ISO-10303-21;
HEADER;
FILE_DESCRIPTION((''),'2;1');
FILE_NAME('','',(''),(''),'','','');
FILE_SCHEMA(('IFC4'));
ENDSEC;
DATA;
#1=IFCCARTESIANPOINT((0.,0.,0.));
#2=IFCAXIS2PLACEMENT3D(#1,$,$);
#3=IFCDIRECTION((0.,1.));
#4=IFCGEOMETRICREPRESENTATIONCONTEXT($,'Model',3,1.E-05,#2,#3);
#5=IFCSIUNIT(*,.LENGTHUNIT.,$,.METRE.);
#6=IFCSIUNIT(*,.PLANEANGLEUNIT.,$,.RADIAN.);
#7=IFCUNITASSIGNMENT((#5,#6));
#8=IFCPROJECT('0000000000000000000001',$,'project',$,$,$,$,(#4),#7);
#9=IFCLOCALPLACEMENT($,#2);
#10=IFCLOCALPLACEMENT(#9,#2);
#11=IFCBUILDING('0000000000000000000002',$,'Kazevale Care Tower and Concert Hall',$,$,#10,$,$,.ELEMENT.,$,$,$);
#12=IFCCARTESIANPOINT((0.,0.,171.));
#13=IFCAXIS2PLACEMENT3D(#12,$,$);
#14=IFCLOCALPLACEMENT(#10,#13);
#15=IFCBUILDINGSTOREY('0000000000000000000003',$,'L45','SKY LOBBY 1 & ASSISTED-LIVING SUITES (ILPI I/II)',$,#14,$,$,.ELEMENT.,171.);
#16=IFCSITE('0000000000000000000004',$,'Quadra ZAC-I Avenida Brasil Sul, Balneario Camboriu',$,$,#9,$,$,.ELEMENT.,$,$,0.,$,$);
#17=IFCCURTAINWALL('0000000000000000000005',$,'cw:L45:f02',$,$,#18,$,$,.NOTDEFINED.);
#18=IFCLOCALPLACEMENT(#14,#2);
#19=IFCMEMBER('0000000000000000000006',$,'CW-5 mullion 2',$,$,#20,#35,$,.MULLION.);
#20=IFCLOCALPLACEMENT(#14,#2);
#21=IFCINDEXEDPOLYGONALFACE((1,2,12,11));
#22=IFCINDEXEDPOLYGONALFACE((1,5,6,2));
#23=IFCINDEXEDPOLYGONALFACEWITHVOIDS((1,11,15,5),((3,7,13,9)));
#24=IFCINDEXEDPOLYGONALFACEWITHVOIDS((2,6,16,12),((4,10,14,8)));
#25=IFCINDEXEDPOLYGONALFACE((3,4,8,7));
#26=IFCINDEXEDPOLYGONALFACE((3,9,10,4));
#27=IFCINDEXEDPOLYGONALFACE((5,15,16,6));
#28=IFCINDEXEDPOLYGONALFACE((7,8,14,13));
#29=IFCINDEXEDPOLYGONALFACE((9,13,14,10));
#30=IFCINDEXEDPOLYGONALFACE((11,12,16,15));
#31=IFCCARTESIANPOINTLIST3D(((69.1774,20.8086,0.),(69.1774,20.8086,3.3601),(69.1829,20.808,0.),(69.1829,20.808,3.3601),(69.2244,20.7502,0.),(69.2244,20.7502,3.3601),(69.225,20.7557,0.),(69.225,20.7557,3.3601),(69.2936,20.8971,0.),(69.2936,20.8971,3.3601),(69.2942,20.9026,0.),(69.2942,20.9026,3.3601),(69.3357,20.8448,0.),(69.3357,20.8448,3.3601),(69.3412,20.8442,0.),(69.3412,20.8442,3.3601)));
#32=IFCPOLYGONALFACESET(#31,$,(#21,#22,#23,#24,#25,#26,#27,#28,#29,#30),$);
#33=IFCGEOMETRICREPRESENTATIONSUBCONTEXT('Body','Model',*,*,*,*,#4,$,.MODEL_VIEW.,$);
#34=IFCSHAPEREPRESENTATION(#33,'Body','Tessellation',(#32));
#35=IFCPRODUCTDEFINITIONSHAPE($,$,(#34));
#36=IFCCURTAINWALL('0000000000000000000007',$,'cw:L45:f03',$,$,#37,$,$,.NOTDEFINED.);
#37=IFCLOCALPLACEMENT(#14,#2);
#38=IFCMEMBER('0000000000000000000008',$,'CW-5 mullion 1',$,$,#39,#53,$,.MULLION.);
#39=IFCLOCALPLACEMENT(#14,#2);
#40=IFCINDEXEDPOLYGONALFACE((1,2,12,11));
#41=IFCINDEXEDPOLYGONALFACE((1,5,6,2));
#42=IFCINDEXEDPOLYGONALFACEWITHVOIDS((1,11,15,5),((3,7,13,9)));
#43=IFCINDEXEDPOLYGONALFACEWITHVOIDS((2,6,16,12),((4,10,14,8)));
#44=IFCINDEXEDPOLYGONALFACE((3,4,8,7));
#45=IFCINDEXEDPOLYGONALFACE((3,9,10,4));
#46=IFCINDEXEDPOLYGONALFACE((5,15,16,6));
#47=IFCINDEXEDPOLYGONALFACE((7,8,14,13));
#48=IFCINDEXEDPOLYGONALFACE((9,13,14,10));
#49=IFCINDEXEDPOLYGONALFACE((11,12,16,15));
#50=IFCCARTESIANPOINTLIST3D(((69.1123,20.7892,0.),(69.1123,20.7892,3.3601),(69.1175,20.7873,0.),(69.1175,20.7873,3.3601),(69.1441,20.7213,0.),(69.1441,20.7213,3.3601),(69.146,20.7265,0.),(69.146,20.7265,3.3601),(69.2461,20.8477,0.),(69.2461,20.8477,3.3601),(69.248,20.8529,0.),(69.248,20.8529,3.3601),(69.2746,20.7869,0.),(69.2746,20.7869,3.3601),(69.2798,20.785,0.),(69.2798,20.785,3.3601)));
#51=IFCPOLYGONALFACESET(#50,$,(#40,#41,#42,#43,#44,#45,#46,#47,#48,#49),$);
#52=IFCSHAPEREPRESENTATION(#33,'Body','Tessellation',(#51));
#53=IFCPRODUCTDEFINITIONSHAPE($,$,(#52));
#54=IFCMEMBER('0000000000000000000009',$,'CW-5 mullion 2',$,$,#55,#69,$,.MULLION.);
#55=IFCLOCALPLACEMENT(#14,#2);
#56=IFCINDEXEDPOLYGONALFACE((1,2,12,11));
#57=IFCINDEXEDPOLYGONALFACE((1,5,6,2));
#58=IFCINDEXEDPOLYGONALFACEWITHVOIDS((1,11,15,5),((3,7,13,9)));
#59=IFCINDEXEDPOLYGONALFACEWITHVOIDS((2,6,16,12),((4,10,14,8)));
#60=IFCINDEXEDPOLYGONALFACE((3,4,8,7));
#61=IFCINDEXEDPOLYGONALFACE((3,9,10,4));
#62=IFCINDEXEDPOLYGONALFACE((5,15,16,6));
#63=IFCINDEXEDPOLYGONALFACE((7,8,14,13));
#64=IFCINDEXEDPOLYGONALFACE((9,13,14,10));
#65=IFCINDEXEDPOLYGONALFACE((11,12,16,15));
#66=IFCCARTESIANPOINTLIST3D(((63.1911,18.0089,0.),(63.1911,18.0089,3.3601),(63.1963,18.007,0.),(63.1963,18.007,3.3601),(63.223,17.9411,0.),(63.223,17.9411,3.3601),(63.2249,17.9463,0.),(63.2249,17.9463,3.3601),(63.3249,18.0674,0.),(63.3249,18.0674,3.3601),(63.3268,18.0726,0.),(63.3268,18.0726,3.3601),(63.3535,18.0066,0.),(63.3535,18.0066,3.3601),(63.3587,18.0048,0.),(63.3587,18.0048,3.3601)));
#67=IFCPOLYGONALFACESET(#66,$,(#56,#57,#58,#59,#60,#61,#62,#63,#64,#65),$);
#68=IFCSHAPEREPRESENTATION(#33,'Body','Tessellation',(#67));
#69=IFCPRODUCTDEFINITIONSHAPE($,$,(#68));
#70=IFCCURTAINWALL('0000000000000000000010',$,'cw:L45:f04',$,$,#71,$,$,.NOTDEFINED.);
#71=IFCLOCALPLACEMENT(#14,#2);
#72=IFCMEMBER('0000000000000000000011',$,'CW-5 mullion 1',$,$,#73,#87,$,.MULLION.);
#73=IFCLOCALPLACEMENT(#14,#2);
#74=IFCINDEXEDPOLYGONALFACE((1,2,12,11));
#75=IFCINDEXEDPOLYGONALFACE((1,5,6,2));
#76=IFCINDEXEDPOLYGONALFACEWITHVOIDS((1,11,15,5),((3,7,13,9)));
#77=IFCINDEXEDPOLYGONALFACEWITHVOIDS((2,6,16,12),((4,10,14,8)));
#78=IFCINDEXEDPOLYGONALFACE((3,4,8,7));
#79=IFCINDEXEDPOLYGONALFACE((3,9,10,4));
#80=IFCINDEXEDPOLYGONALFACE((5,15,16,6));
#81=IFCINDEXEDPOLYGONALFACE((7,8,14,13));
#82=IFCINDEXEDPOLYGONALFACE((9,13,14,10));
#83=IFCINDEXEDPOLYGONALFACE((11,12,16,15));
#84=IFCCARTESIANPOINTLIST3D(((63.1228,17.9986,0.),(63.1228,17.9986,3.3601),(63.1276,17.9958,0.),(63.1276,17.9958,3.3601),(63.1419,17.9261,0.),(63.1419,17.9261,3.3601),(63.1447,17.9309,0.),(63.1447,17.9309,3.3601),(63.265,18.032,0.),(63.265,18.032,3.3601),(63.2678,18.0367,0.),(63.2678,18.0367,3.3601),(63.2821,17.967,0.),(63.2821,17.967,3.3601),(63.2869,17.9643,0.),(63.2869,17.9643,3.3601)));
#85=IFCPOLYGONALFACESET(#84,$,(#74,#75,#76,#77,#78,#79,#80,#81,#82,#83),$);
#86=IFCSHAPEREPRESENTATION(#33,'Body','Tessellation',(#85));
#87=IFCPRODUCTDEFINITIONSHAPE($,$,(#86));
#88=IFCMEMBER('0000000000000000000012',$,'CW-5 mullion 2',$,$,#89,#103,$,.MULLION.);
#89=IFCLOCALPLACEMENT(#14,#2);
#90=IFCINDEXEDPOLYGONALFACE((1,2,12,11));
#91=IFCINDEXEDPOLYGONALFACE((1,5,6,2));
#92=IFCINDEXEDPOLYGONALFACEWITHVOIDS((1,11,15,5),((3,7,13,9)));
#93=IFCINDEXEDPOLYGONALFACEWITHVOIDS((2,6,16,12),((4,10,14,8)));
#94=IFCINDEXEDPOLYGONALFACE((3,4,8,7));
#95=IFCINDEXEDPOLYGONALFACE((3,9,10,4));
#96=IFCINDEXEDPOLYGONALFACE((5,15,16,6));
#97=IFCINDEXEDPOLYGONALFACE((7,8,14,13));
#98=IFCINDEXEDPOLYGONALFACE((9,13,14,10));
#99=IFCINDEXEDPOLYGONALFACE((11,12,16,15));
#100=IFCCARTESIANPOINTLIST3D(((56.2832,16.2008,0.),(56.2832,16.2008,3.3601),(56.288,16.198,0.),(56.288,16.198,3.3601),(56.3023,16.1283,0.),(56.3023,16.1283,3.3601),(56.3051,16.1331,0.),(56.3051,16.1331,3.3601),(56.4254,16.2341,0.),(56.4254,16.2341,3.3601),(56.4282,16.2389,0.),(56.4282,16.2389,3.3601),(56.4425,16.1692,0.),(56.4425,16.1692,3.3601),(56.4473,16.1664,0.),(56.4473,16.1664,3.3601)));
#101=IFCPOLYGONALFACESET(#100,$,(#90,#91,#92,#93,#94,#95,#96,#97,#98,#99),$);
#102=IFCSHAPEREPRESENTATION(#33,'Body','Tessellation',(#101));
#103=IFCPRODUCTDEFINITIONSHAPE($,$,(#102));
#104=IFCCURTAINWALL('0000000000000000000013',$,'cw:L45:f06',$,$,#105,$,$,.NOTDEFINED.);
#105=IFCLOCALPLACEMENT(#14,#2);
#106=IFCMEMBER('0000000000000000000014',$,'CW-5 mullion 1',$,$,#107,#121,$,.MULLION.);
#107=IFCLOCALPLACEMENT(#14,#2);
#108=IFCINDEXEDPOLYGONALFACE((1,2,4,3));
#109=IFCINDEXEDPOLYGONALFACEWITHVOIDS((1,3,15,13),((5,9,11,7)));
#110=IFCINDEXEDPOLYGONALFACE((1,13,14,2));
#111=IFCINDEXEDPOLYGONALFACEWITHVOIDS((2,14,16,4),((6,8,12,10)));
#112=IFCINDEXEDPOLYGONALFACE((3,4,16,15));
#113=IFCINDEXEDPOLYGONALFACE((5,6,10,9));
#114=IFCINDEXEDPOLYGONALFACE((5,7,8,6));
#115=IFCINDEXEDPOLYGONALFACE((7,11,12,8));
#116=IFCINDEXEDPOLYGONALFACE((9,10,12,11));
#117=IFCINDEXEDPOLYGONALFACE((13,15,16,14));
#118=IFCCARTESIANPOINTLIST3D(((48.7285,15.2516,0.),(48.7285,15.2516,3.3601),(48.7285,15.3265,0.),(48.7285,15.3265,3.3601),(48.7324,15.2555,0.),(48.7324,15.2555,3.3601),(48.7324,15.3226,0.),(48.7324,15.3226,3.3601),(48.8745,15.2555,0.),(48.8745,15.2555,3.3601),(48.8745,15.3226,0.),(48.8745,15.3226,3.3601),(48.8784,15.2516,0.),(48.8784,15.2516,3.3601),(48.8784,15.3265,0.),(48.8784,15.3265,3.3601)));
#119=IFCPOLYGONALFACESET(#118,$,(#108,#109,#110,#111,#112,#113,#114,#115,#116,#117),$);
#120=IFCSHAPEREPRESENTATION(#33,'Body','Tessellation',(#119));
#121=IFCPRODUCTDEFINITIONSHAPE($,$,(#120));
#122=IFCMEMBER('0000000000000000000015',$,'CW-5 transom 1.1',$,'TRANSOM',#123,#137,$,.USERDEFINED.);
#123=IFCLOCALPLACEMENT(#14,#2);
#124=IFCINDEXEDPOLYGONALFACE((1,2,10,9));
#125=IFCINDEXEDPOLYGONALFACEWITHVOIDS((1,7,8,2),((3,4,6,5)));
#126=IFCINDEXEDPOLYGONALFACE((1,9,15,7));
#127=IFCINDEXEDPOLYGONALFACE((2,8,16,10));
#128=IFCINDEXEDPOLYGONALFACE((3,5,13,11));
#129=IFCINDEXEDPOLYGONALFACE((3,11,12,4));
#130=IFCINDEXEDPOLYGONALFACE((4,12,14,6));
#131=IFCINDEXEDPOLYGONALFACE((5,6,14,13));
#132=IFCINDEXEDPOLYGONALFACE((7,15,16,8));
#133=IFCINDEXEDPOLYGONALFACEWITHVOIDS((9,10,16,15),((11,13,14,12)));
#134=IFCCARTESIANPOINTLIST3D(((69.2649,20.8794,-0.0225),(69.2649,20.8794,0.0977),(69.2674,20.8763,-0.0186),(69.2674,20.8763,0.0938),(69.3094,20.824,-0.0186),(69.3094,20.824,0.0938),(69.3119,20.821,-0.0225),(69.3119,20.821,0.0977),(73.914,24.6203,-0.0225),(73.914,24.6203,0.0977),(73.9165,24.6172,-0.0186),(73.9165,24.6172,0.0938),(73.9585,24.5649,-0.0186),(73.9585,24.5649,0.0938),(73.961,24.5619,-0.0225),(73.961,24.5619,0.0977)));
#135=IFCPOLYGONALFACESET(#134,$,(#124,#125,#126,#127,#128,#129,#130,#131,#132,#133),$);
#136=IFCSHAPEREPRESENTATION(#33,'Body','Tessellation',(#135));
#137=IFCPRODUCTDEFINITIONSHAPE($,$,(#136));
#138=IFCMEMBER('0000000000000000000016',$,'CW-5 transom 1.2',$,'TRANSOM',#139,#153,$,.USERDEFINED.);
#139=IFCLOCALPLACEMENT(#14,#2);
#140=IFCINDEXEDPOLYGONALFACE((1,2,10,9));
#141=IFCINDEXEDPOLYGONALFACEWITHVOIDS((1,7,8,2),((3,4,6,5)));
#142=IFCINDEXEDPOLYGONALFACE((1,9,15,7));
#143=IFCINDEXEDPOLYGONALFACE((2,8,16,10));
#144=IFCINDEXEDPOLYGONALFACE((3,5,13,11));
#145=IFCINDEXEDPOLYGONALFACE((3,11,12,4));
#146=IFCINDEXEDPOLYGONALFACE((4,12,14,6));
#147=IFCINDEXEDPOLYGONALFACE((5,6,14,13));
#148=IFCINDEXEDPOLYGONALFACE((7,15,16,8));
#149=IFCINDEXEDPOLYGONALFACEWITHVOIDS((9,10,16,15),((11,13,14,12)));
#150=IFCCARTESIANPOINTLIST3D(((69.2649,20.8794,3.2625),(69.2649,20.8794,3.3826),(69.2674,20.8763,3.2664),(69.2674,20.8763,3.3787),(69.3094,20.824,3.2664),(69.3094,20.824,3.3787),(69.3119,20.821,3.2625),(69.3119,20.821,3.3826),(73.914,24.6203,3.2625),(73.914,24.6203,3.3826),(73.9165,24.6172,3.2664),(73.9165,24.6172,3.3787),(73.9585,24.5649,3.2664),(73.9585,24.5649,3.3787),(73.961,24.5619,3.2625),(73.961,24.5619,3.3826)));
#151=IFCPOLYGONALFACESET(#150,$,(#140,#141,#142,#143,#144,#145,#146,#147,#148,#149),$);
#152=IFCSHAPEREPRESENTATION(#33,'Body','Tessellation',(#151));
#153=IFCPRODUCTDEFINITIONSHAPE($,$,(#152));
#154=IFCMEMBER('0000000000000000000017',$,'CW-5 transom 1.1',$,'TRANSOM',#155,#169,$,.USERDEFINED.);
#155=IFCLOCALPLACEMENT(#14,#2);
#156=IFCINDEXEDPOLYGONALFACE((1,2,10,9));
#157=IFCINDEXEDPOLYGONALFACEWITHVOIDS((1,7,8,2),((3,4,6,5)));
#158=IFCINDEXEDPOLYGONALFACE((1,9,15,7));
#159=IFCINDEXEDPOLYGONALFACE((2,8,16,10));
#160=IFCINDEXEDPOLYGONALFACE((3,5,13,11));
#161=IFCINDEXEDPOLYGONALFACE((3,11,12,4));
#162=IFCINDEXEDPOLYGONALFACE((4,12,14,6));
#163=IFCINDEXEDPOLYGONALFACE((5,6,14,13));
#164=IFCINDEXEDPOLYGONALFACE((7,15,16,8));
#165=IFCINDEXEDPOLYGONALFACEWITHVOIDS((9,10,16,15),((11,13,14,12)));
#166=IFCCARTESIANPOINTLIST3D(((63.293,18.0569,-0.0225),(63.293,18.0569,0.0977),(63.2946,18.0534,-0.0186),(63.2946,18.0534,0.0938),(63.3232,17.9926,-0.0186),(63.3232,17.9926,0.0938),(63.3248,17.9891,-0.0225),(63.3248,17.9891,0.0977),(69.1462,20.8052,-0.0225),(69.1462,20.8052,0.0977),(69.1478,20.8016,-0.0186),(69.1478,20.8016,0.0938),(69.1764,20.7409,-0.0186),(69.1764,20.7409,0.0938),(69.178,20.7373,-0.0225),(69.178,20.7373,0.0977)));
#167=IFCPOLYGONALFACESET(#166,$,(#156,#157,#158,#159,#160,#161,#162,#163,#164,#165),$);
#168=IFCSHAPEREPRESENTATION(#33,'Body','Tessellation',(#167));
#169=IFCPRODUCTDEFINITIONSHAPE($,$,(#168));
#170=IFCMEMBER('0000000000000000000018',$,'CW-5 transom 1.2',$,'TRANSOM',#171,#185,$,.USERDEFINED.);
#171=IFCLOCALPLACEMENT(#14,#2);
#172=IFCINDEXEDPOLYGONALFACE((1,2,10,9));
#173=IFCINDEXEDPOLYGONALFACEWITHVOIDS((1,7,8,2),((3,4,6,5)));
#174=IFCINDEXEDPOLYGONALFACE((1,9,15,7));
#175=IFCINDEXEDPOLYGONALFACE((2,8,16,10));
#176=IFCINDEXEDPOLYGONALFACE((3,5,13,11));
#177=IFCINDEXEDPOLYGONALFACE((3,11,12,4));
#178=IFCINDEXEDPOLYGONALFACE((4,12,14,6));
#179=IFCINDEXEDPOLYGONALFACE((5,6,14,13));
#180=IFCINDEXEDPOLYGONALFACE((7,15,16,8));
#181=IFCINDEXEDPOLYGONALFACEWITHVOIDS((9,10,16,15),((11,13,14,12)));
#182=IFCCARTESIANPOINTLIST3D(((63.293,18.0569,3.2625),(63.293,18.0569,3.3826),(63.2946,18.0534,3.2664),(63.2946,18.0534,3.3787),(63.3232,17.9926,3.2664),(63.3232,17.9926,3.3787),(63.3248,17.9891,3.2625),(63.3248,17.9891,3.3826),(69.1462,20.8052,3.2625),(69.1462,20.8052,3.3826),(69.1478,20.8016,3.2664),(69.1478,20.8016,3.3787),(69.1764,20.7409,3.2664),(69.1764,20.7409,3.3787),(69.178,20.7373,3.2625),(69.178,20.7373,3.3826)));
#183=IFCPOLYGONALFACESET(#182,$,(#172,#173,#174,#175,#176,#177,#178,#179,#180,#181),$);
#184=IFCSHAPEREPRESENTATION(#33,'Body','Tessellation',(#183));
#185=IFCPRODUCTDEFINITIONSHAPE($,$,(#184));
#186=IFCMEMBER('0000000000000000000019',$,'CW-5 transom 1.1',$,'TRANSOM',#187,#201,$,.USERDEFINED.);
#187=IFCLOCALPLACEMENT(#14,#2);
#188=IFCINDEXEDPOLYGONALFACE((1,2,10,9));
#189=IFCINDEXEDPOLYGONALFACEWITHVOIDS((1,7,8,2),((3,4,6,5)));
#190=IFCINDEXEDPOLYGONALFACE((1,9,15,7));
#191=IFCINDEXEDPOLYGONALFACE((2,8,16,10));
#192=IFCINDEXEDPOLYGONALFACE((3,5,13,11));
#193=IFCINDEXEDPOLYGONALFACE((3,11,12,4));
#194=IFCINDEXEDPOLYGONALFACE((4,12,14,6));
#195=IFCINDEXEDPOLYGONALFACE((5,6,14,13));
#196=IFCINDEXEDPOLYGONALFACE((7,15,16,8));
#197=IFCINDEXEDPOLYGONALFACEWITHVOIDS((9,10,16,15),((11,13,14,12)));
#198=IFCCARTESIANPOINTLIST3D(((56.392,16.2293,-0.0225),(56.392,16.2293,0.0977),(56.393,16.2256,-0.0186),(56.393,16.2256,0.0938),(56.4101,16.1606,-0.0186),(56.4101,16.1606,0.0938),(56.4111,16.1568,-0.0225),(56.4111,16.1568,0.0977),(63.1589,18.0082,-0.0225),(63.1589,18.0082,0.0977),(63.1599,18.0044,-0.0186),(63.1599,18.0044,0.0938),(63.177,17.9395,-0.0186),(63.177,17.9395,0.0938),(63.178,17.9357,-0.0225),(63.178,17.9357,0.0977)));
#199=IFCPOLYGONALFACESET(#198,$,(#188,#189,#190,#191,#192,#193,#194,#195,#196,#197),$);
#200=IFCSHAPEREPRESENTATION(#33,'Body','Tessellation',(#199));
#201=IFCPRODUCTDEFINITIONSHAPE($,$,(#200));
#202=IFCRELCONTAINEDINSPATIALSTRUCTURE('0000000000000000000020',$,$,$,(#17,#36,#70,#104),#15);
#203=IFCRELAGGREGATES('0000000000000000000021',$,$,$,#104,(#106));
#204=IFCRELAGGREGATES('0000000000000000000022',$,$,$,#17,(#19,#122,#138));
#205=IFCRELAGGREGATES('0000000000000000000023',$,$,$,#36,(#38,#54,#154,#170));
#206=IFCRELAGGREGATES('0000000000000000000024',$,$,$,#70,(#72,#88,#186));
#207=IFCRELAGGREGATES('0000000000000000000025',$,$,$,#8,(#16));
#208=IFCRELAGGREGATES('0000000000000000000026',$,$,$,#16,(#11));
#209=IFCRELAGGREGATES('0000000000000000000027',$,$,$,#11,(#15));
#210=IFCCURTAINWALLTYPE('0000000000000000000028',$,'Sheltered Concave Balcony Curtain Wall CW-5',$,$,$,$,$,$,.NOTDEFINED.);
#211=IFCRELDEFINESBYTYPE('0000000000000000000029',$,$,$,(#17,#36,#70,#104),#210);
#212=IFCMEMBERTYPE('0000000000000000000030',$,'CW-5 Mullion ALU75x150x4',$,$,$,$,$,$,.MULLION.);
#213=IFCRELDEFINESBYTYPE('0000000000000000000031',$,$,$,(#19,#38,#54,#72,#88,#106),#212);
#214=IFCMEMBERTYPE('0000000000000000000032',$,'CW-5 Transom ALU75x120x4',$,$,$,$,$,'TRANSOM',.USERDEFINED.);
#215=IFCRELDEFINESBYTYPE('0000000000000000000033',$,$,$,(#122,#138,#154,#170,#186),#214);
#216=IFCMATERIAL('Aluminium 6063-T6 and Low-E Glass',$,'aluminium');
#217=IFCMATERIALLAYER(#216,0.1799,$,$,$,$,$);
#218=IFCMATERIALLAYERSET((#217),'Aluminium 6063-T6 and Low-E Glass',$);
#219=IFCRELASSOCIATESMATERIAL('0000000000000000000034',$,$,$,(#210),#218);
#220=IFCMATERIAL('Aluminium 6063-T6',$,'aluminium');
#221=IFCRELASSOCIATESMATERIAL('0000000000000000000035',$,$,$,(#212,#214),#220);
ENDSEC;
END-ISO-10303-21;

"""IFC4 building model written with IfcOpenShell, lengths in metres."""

from ifc_helpers import new_model, si_unit, direction, frame, origin, origin_2d, place, context, subcontext, project, spatial, hollow_rectangle, extrude, material, layer, layer_set, material_profile, profile_set, type_object, element, aggregate, save


model = new_model("IFC4")

# Units and contexts
model_context = context("Model", 3, precision=1e-05, world=origin(), true_north=direction((0.0, 1.0)))
body_context = subcontext(model_context, "Body", "Model", "MODEL_VIEW")
ifc_project = project(units=[si_unit("LENGTHUNIT", "METRE"), si_unit("PLANEANGLEUNIT", "RADIAN")], contexts=[model_context])

# Site, building, storey
site_placement = place(None, origin())
site = spatial("IfcSite", under=ifc_project, at=site_placement, Name="Quadra ZAC-I Avenida Brasil Sul, Balneario Camboriu", CompositionType="ELEMENT", RefElevation=0.0)
building_placement = place(site_placement, origin())
building = spatial("IfcBuilding", under=site, at=building_placement, Name="Kazevale Care Tower and Concert Hall", CompositionType="ELEMENT")
storey_placement = place(building_placement, frame((0.0, 0.0, 171.0)))
storey = spatial("IfcBuildingStorey", under=building, at=storey_placement, Name="L45", Description="SKY LOBBY 1 & ASSISTED-LIVING SUITES (ILPI I/II)", CompositionType="ELEMENT", Elevation=171.0)

# Shared definitions
ifc_material_1 = material(Name="Aluminium 6063-T6 and Low-E Glass", Category="aluminium")
ifc_material_2 = material(Name="Aluminium 6063-T6", Category="aluminium")

# Curtain walls, members
ifc_layer_1 = layer(ifc_material_1, 0.1799)
ifc_layer_set_1 = layer_set([ifc_layer_1], Name="Aluminium 6063-T6 and Low-E Glass")
curtain_wall_type_1 = type_object("IfcCurtainWallType", Name="Sheltered Concave Balcony Curtain Wall CW-5", PredefinedType="NOTDEFINED", material=ifc_layer_set_1)
curtain_wall_1_placement = place(storey_placement, origin())
curtain_wall_1 = element("IfcCurtainWall", 1, at=curtain_wall_1_placement, inside=storey, type_object=curtain_wall_type_1, Name="cw:L45:f02", PredefinedType="NOTDEFINED")
ifc_material_profile_1 = material_profile(ifc_material_2, hollow_rectangle(XDim=0.075, YDim=0.1499, WallThickness=0.0039, at=origin_2d()), Name="ALU75x150x4")
ifc_profile_set_1 = profile_set([ifc_material_profile_1], Name="Aluminium 6063-T6")
member_type_1 = type_object("IfcMemberType", Name="CW-5 Mullion ALU75x150x4", PredefinedType="MULLION", material=ifc_profile_set_1)
member_1_placement = place(storey_placement, frame((69.2593, 20.8264, 0.0), z_axis=(0.0, 0.0, 1.0), x_axis=(0.626905, -0.779095, 0.0)))
member_1 = element("IfcMember", 2, at=member_1_placement, type_object=member_type_1, Name="CW-5 mullion 2", PredefinedType="MULLION", context=body_context, shape_type="SweptSolid", body=[
    extrude(hollow_rectangle(XDim=0.075, YDim=0.1499, WallThickness=0.0039, at=origin_2d()), origin(), (0.0, 0.0, 1.0), 3.3601),
])
curtain_wall_2_placement = place(storey_placement, origin())
curtain_wall_2 = element("IfcCurtainWall", 3, at=curtain_wall_2_placement, inside=storey, type_object=curtain_wall_type_1, Name="cw:L45:f03", PredefinedType="NOTDEFINED")
member_2_placement = place(storey_placement, frame((69.196, 20.7871, 0.0), z_axis=(0.0, 0.0, 1.0), x_axis=(0.425011, -0.905188, 0.0)))
member_2 = element("IfcMember", 4, at=member_2_placement, type_object=member_type_1, Name="CW-5 mullion 1", PredefinedType="MULLION", context=body_context, shape_type="SweptSolid", body=[
    extrude(hollow_rectangle(XDim=0.075, YDim=0.1499, WallThickness=0.0039, at=origin_2d()), origin(), (0.0, 0.0, 1.0), 3.3601),
])
member_3_placement = place(storey_placement, frame((63.2749, 18.0068, 0.0), z_axis=(0.0, 0.0, 1.0), x_axis=(0.425011, -0.905188, 0.0)))
member_3 = element("IfcMember", 5, at=member_3_placement, type_object=member_type_1, Name="CW-5 mullion 2", PredefinedType="MULLION", context=body_context, shape_type="SweptSolid", body=[
    extrude(hollow_rectangle(XDim=0.075, YDim=0.1499, WallThickness=0.0039, at=origin_2d()), origin(), (0.0, 0.0, 1.0), 3.3601),
])
curtain_wall_3_placement = place(storey_placement, origin())
curtain_wall_3 = element("IfcCurtainWall", 6, at=curtain_wall_3_placement, inside=storey, type_object=curtain_wall_type_1, Name="cw:L45:f04", PredefinedType="NOTDEFINED")
member_4_placement = place(storey_placement, frame((63.2048, 17.9814, 0.0), z_axis=(0.0, 0.0, 1.0), x_axis=(0.254238, -0.967142, 0.0)))
member_4 = element("IfcMember", 7, at=member_4_placement, type_object=member_type_1, Name="CW-5 mullion 1", PredefinedType="MULLION", context=body_context, shape_type="SweptSolid", body=[
    extrude(hollow_rectangle(XDim=0.075, YDim=0.1499, WallThickness=0.0039, at=origin_2d()), origin(), (0.0, 0.0, 1.0), 3.3601),
])
member_5_placement = place(storey_placement, frame((56.3652, 16.1836, 0.0), z_axis=(0.0, 0.0, 1.0), x_axis=(0.254238, -0.967142, 0.0)))
member_5 = element("IfcMember", 8, at=member_5_placement, type_object=member_type_1, Name="CW-5 mullion 2", PredefinedType="MULLION", context=body_context, shape_type="SweptSolid", body=[
    extrude(hollow_rectangle(XDim=0.075, YDim=0.1499, WallThickness=0.0039, at=origin_2d()), origin(), (0.0, 0.0, 1.0), 3.3601),
])

# Curtain wall, member
curtain_wall_4_placement = place(storey_placement, origin())
curtain_wall_4 = element("IfcCurtainWall", 9, at=curtain_wall_4_placement, inside=storey, type_object=curtain_wall_type_1, Name="cw:L45:f06", PredefinedType="NOTDEFINED")
member_6_placement = place(storey_placement, frame((48.8035, 15.2891, 0.0), z_axis=(0.0, 0.0, 1.0), x_axis=(0.0, -1.0, 0.0)))
member_6 = element("IfcMember", 10, at=member_6_placement, type_object=member_type_1, Name="CW-5 mullion 1", PredefinedType="MULLION", context=body_context, shape_type="SweptSolid", body=[
    extrude(hollow_rectangle(XDim=0.075, YDim=0.1499, WallThickness=0.0039, at=origin_2d()), origin(), (0.0, 0.0, 1.0), 3.3601),
])

# Members
ifc_material_profile_2 = material_profile(ifc_material_2, hollow_rectangle(XDim=0.075, YDim=0.1201, WallThickness=0.0039, at=origin_2d()), Name="ALU75x120x4")
ifc_profile_set_2 = profile_set([ifc_material_profile_2], Name="Aluminium 6063-T6")
member_type_2 = type_object("IfcMemberType", Name="CW-5 Transom ALU75x120x4", ElementType="TRANSOM", PredefinedType="USERDEFINED", material=ifc_profile_set_2)
member_7_placement = place(storey_placement, frame((73.9375, 24.5911, 0.0376), z_axis=(-0.779097, -0.626903, 0.0), x_axis=(0.626903, -0.779097, 0.0)))
member_7 = element("IfcMember", 11, at=member_7_placement, type_object=member_type_2, Name="CW-5 transom 1.1", ObjectType="TRANSOM", PredefinedType="USERDEFINED", context=body_context, shape_type="SweptSolid", body=[
    extrude(hollow_rectangle(XDim=0.075, YDim=0.1201, WallThickness=0.0039, at=origin_2d()), origin(), (0.0, 0.0, 1.0), 5.9673),
])
member_8_placement = place(storey_placement, frame((73.9375, 24.5911, 3.3225), z_axis=(-0.779097, -0.626903, 0.0), x_axis=(0.626903, -0.779097, 0.0)))
member_8 = element("IfcMember", 12, at=member_8_placement, type_object=member_type_2, Name="CW-5 transom 1.2", ObjectType="TRANSOM", PredefinedType="USERDEFINED", context=body_context, shape_type="SweptSolid", body=[
    extrude(hollow_rectangle(XDim=0.075, YDim=0.1201, WallThickness=0.0039, at=origin_2d()), origin(), (0.0, 0.0, 1.0), 5.9673),
])
member_9_placement = place(storey_placement, frame((69.1621, 20.7712, 0.0376), z_axis=(-0.905187, -0.425013, 0.0), x_axis=(0.425013, -0.905187, 0.0)))
member_9 = element("IfcMember", 13, at=member_9_placement, type_object=member_type_2, Name="CW-5 transom 1.1", ObjectType="TRANSOM", PredefinedType="USERDEFINED", context=body_context, shape_type="SweptSolid", body=[
    extrude(hollow_rectangle(XDim=0.075, YDim=0.1201, WallThickness=0.0039, at=origin_2d()), origin(), (0.0, 0.0, 1.0), 6.4663),
])
member_10_placement = place(storey_placement, frame((69.1621, 20.7712, 3.3225), z_axis=(-0.905187, -0.425013, 0.0), x_axis=(0.425013, -0.905187, 0.0)))
member_10 = element("IfcMember", 14, at=member_10_placement, type_object=member_type_2, Name="CW-5 transom 1.2", ObjectType="TRANSOM", PredefinedType="USERDEFINED", context=body_context, shape_type="SweptSolid", body=[
    extrude(hollow_rectangle(XDim=0.075, YDim=0.1201, WallThickness=0.0039, at=origin_2d()), origin(), (0.0, 0.0, 1.0), 6.4663),
])
member_11_placement = place(storey_placement, frame((63.1685, 17.9719, 0.0376), z_axis=(-0.967143, -0.254234, 0.0), x_axis=(0.254234, -0.967143, 0.0)))
member_11 = element("IfcMember", 15, at=member_11_placement, type_object=member_type_2, Name="CW-5 transom 1.1", ObjectType="TRANSOM", PredefinedType="USERDEFINED", context=body_context, shape_type="SweptSolid", body=[
    extrude(hollow_rectangle(XDim=0.075, YDim=0.1201, WallThickness=0.0039, at=origin_2d()), origin(), (0.0, 0.0, 1.0), 6.9968),
])
aggregate(curtain_wall_4, [member_6])

aggregate(curtain_wall_1, [member_1, member_7, member_8])
aggregate(curtain_wall_2, [member_2, member_3, member_9, member_10])
aggregate(curtain_wall_3, [member_4, member_5, member_11])

save(model, "model.ifc")
